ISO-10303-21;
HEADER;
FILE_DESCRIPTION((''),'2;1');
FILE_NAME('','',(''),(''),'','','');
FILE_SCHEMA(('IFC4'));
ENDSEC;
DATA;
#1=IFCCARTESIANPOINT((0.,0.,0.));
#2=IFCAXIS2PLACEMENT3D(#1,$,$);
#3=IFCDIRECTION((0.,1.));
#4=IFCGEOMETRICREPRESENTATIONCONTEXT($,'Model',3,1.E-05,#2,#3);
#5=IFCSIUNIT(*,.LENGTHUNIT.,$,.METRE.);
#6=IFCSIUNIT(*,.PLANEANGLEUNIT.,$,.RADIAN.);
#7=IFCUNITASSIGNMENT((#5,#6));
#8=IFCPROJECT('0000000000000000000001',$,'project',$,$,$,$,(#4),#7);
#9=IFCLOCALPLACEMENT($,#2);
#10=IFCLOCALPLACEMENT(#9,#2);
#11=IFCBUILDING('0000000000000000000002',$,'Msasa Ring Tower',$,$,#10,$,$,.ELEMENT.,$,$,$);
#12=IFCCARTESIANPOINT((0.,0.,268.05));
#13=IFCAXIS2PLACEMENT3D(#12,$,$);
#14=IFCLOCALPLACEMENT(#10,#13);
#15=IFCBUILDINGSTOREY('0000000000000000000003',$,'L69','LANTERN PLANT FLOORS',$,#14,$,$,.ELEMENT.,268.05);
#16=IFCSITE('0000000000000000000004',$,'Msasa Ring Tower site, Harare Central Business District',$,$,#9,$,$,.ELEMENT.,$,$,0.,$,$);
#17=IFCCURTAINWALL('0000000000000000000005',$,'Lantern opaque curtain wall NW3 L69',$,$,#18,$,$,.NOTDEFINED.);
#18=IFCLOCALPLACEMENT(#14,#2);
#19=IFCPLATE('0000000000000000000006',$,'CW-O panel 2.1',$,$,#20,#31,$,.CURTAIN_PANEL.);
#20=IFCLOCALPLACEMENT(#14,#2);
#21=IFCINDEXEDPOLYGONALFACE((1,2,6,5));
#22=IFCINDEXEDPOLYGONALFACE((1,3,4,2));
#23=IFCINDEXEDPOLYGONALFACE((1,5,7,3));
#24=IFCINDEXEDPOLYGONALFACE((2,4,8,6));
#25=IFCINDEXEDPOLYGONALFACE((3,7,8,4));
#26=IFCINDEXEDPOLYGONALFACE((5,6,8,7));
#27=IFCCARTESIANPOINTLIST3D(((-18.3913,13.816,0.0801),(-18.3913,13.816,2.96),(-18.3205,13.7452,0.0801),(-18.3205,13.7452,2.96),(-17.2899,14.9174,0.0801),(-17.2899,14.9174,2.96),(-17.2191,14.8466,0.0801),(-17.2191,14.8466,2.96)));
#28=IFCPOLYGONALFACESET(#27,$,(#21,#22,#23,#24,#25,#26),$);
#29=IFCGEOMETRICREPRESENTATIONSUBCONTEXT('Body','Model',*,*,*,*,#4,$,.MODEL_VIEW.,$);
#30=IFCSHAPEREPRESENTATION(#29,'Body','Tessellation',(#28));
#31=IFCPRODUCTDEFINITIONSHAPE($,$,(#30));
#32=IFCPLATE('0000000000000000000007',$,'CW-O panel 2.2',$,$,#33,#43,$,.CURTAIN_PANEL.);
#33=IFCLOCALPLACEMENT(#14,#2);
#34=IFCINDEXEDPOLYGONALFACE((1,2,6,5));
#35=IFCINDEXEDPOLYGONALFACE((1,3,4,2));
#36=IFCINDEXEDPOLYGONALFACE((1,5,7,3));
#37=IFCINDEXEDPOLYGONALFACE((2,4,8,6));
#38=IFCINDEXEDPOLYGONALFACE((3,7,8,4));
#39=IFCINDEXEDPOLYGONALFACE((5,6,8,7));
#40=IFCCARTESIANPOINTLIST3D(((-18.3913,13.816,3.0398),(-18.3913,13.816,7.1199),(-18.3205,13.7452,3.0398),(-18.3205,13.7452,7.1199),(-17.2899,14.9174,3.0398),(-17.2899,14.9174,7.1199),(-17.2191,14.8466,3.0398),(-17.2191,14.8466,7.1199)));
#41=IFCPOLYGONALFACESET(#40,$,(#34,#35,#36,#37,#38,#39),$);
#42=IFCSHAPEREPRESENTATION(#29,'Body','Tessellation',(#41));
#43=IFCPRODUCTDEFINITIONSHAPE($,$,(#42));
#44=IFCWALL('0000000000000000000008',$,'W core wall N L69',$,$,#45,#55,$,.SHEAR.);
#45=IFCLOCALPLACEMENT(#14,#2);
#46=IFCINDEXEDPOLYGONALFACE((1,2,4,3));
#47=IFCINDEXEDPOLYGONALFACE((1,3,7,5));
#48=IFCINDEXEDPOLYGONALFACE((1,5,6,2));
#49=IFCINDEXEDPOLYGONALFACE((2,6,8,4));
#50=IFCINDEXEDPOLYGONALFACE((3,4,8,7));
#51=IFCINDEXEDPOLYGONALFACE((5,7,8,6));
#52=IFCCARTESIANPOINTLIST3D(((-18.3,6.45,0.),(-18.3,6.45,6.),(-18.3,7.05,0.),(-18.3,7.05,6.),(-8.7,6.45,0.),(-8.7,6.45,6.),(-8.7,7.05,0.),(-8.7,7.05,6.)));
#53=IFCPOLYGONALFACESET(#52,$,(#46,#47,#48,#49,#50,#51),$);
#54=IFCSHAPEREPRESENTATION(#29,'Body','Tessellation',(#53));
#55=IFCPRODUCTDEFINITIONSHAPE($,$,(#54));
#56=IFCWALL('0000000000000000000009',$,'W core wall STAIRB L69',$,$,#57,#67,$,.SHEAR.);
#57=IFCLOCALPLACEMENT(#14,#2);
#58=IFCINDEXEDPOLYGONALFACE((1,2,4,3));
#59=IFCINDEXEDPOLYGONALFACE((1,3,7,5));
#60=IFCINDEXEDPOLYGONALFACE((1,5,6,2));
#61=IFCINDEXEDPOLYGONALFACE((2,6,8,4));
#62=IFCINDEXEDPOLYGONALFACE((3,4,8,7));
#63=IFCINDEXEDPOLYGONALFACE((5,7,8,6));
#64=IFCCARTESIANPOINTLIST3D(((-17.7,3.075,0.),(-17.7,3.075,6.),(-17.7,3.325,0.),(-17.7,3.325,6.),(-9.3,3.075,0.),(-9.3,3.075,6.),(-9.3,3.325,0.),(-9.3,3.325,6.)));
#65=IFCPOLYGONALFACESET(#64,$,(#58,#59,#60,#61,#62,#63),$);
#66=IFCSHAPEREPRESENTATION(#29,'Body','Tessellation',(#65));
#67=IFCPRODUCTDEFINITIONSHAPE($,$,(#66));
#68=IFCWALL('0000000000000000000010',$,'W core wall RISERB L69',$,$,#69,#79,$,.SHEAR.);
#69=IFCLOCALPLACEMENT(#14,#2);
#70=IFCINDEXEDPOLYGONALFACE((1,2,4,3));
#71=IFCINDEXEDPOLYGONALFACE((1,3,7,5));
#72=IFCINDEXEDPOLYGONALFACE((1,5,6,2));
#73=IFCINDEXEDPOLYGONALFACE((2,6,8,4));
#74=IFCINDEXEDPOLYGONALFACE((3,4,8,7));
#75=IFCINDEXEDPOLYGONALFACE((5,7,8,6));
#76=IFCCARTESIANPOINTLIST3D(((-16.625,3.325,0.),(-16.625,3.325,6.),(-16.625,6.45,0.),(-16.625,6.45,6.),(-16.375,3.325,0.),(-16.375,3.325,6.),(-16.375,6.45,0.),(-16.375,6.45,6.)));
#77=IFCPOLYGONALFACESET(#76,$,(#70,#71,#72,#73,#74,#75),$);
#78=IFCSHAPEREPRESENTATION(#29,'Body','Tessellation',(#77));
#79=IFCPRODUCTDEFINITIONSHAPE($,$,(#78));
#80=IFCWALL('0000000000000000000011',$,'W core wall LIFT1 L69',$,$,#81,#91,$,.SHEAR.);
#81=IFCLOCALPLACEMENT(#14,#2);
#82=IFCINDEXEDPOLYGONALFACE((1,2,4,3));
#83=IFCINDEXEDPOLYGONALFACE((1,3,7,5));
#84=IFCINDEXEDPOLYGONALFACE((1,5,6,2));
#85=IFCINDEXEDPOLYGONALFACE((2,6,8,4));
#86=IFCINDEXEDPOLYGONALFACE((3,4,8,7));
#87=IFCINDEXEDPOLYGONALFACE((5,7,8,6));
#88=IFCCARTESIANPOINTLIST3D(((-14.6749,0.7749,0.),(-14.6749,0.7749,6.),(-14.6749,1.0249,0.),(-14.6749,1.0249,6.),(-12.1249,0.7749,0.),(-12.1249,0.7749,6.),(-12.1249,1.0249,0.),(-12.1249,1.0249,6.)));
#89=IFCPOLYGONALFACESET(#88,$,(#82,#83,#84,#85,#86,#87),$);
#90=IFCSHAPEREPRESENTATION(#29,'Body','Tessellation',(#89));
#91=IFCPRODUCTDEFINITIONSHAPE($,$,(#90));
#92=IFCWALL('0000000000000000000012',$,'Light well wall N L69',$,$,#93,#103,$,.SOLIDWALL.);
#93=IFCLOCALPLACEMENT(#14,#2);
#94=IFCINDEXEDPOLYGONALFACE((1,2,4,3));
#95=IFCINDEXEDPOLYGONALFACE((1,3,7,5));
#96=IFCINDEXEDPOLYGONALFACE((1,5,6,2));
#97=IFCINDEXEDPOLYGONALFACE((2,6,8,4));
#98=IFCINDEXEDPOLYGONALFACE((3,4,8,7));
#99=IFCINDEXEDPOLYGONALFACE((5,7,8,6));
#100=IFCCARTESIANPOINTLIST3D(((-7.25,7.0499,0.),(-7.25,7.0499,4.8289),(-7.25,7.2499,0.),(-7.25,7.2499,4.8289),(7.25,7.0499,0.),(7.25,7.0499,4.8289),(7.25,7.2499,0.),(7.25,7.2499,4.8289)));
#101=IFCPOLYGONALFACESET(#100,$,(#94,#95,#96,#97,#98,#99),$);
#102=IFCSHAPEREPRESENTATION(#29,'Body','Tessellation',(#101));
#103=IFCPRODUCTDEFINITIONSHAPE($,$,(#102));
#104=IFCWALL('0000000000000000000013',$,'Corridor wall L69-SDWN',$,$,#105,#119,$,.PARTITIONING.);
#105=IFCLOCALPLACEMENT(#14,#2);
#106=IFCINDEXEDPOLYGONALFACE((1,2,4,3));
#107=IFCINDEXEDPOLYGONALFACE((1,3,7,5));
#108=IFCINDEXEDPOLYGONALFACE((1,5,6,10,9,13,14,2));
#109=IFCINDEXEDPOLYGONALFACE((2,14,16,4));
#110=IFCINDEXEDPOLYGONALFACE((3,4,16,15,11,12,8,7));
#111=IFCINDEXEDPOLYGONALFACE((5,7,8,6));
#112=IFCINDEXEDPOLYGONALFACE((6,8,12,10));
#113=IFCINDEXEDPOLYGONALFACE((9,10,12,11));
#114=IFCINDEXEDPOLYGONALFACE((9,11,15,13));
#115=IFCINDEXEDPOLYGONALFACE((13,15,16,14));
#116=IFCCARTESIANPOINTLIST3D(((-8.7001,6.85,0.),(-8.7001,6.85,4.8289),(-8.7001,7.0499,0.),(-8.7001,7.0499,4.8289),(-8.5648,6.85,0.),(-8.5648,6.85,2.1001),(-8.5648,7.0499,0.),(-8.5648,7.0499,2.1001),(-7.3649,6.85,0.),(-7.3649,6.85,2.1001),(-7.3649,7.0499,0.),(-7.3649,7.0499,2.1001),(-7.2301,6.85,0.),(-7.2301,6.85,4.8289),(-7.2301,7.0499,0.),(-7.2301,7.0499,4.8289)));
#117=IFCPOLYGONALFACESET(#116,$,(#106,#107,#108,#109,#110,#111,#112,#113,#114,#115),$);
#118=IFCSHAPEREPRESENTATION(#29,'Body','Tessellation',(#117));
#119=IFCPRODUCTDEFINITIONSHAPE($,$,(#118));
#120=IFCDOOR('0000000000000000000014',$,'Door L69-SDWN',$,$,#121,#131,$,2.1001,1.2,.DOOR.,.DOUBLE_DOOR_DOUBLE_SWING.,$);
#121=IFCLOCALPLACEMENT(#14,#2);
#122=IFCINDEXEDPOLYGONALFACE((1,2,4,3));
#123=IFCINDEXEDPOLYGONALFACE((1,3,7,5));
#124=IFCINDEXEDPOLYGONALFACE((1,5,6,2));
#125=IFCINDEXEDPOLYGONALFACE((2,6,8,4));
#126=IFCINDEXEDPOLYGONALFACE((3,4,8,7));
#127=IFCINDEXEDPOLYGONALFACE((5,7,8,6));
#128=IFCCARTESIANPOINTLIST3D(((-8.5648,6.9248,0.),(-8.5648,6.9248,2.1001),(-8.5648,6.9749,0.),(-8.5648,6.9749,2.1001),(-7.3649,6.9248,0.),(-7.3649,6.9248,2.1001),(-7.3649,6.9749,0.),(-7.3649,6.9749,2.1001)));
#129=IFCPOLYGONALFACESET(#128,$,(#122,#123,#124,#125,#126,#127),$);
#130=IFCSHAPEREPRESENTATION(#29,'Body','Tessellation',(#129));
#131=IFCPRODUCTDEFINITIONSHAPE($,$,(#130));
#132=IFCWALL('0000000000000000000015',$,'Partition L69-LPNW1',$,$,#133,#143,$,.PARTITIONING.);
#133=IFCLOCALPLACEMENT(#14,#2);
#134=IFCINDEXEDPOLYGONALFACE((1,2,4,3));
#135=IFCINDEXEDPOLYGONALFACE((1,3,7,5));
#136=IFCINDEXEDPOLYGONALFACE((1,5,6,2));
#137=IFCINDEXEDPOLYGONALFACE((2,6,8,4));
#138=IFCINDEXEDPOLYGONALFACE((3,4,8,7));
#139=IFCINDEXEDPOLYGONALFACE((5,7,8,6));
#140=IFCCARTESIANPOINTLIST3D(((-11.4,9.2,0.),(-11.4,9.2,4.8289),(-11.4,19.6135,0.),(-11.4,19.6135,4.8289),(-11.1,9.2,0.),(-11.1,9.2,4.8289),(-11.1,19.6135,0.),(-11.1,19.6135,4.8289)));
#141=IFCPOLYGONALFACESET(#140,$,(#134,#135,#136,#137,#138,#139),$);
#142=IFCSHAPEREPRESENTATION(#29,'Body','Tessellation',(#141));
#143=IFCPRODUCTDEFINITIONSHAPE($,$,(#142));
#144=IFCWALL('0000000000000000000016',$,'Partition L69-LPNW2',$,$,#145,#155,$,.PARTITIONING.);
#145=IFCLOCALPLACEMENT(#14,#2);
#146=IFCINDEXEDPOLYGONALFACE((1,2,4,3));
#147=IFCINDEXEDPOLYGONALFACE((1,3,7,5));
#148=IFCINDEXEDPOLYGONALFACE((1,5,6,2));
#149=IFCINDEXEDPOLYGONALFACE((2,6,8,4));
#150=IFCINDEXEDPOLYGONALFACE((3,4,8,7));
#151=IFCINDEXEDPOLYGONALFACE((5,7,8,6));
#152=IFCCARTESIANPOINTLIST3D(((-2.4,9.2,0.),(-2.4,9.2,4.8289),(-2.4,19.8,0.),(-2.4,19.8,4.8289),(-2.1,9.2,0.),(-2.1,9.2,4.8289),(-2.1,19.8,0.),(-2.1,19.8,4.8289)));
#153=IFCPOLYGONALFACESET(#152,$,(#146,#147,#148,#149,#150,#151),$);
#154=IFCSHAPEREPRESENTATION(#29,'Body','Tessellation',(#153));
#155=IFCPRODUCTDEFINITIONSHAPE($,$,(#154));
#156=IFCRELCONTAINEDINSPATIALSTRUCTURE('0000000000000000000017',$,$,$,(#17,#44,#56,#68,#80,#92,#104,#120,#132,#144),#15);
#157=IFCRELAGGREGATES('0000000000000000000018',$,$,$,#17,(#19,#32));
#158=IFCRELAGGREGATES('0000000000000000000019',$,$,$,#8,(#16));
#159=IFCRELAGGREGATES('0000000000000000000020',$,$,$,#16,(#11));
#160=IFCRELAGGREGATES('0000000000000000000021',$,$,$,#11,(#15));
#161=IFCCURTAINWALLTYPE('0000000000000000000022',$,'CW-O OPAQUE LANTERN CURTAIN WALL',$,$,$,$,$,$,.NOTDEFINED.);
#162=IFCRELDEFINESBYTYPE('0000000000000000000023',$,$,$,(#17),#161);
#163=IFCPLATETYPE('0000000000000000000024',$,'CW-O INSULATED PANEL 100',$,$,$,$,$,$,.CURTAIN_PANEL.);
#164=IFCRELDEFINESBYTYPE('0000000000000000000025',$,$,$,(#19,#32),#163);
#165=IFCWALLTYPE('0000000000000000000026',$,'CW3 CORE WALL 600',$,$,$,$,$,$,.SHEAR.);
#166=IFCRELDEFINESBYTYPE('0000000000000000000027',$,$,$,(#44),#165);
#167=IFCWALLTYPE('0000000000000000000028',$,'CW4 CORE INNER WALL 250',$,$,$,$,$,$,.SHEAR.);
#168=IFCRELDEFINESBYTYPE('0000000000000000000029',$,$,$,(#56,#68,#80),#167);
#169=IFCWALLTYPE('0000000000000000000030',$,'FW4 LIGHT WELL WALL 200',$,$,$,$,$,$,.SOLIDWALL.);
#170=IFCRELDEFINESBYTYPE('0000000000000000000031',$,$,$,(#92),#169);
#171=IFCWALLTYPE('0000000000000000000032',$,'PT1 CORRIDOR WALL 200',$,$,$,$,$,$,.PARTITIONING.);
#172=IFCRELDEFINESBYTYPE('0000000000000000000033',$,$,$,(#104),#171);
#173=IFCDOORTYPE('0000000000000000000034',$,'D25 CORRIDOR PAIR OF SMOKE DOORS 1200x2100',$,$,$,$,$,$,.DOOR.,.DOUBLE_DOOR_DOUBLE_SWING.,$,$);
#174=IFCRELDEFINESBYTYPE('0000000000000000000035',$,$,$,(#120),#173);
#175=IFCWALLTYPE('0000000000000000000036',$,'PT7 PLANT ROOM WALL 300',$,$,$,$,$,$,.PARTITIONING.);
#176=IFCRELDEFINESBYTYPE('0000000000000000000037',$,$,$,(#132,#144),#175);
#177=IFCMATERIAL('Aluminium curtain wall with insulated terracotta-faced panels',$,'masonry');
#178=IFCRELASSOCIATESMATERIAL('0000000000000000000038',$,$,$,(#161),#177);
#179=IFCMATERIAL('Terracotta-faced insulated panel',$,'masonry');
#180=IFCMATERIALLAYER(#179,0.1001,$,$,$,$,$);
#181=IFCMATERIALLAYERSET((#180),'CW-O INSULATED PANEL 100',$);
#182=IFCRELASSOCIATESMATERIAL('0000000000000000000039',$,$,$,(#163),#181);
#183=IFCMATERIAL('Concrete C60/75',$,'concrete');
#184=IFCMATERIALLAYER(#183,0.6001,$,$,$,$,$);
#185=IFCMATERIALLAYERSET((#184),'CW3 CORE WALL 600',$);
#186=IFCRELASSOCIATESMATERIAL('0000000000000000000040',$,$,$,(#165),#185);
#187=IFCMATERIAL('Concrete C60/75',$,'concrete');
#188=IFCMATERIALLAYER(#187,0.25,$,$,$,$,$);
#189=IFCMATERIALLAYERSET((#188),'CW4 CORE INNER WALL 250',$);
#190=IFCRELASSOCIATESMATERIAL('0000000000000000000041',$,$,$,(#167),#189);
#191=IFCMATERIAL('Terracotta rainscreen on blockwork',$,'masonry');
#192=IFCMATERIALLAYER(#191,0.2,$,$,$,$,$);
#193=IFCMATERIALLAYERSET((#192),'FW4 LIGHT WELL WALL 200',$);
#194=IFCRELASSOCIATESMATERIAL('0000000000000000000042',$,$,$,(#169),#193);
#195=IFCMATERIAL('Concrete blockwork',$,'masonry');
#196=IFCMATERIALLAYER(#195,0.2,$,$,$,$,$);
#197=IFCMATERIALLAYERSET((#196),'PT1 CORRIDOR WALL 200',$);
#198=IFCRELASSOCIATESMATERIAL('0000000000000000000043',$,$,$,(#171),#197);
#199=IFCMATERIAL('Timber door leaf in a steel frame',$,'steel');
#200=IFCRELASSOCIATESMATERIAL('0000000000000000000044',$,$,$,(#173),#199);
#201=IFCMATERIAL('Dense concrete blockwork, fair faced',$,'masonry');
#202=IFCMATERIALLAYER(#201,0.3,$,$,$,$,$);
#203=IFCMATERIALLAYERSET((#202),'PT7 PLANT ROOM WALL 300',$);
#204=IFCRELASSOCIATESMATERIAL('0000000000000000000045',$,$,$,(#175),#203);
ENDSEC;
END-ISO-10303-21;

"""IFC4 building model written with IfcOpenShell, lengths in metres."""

from ifc_helpers import new_model, si_unit, direction, frame, frame_2d, origin, origin_2d, place, context, subcontext, project, spatial, rectangle, extrude, material, layer, layer_set, type_object, element, fill, aggregate, save


model = new_model("IFC4")

# Units and contexts
model_context = context("Model", 3, precision=1e-05, world=origin(), true_north=direction((0.0, 1.0)))
body_context = subcontext(model_context, "Body", "Model", "MODEL_VIEW")
ifc_project = project(units=[si_unit("LENGTHUNIT", "METRE"), si_unit("PLANEANGLEUNIT", "RADIAN")], contexts=[model_context])

# Site, building, storey
site_placement = place(None, origin())
site = spatial("IfcSite", under=ifc_project, at=site_placement, Name="Msasa Ring Tower site, Harare Central Business District", CompositionType="ELEMENT", RefElevation=0.0)
building_placement = place(site_placement, origin())
building = spatial("IfcBuilding", under=site, at=building_placement, Name="Msasa Ring Tower", CompositionType="ELEMENT")
storey_placement = place(building_placement, frame((0.0, 0.0, 268.05)))
storey = spatial("IfcBuildingStorey", under=building, at=storey_placement, Name="L69", Description="LANTERN PLANT FLOORS", CompositionType="ELEMENT", Elevation=268.05)

# Curtain wall
ifc_material_1 = material(Name="Aluminium curtain wall with insulated terracotta-faced panels", Category="masonry")
curtain_wall_type = type_object("IfcCurtainWallType", Name="CW-O OPAQUE LANTERN CURTAIN WALL", PredefinedType="NOTDEFINED", material=ifc_material_1)
curtain_wall_placement = place(storey_placement, origin())
curtain_wall = element("IfcCurtainWall", 1, at=curtain_wall_placement, inside=storey, type_object=curtain_wall_type, Name="Lantern opaque curtain wall NW3 L69", PredefinedType="NOTDEFINED")

# Plates
ifc_material_2 = material(Name="Terracotta-faced insulated panel", Category="masonry")
ifc_layer_1 = layer(ifc_material_2, 0.1001)
ifc_layer_set_1 = layer_set([ifc_layer_1], Name="CW-O INSULATED PANEL 100")
plate_type = type_object("IfcPlateType", Name="CW-O INSULATED PANEL 100", PredefinedType="CURTAIN_PANEL", material=ifc_layer_set_1)
plate_1_placement = place(storey_placement, frame((-17.8052, 14.3313, 0.0801), z_axis=(0.0, 0.0, 1.0), x_axis=(-0.707107, -0.707107, 0.0)))
plate_1 = element("IfcPlate", 2, at=plate_1_placement, type_object=plate_type, Name="CW-O panel 2.1", PredefinedType="CURTAIN_PANEL", context=body_context, shape_type="SweptSolid", body=[
    extrude(rectangle(XDim=1.5576, YDim=0.1001, at=origin_2d()), origin(), (0.0, 0.0, 1.0), 2.8799),
])
plate_2_placement = place(storey_placement, frame((-17.8052, 14.3313, 3.0398), z_axis=(0.0, 0.0, 1.0), x_axis=(-0.707107, -0.707107, 0.0)))
plate_2 = element("IfcPlate", 3, at=plate_2_placement, type_object=plate_type, Name="CW-O panel 2.2", PredefinedType="CURTAIN_PANEL", context=body_context, shape_type="SweptSolid", body=[
    extrude(rectangle(XDim=1.5576, YDim=0.1001, at=origin_2d()), origin(), (0.0, 0.0, 1.0), 4.0801),
])
aggregate(curtain_wall, [plate_1, plate_2])

# Walls
ifc_material_3 = material(Name="Concrete C60/75", Category="concrete")
ifc_layer_2 = layer(ifc_material_3, 0.6001)
ifc_layer_set_2 = layer_set([ifc_layer_2], Name="CW3 CORE WALL 600")
wall_type_1 = type_object("IfcWallType", Name="CW3 CORE WALL 600", PredefinedType="SHEAR", material=ifc_layer_set_2)
wall_1_placement = place(storey_placement, frame((-8.7, 6.75, 0.0), z_axis=(0.0, 0.0, 1.0), x_axis=(-1.0, 0.0, 0.0)))
element("IfcWall", 4, at=wall_1_placement, inside=storey, type_object=wall_type_1, Name="W core wall N L69", PredefinedType="SHEAR", context=body_context, shape_type="SweptSolid", body=[
    extrude(rectangle(XDim=9.6001, YDim=0.6001, at=frame_2d((4.8, 0.0))), origin(), (0.0, 0.0, 1.0), 6.0),
])
ifc_material_4 = material(Name="Concrete C60/75", Category="concrete")
ifc_layer_3 = layer(ifc_material_4, 0.25)
ifc_layer_set_3 = layer_set([ifc_layer_3], Name="CW4 CORE INNER WALL 250")
wall_type_2 = type_object("IfcWallType", Name="CW4 CORE INNER WALL 250", PredefinedType="SHEAR", material=ifc_layer_set_3)
wall_2_placement = place(storey_placement, frame((-9.3, 3.2, 0.0), z_axis=(0.0, 0.0, 1.0), x_axis=(-1.0, 0.0, 0.0)))
element("IfcWall", 5, at=wall_2_placement, inside=storey, type_object=wall_type_2, Name="W core wall STAIRB L69", PredefinedType="SHEAR", context=body_context, shape_type="SweptSolid", body=[
    extrude(rectangle(XDim=8.3999, YDim=0.25, at=frame_2d((4.2, 0.0))), origin(), (0.0, 0.0, 1.0), 6.0),
])
wall_3_placement = place(storey_placement, frame((-16.5, 3.325, 0.0), z_axis=(0.0, 0.0, 1.0), x_axis=(0.0, 1.0, 0.0)))
element("IfcWall", 6, at=wall_3_placement, inside=storey, type_object=wall_type_2, Name="W core wall RISERB L69", PredefinedType="SHEAR", context=body_context, shape_type="SweptSolid", body=[
    extrude(rectangle(XDim=3.125, YDim=0.25, at=frame_2d((1.5625, 0.0))), origin(), (0.0, 0.0, 1.0), 6.0),
])
wall_4_placement = place(storey_placement, frame((-12.125, 0.8999, 0.0), z_axis=(0.0, 0.0, 1.0), x_axis=(-1.0, 0.0, 0.0)))
element("IfcWall", 7, at=wall_4_placement, inside=storey, type_object=wall_type_2, Name="W core wall LIFT1 L69", PredefinedType="SHEAR", context=body_context, shape_type="SweptSolid", body=[
    extrude(rectangle(XDim=2.55, YDim=0.25, at=frame_2d((1.2749, 0.0))), origin(), (0.0, 0.0, 1.0), 6.0),
])
ifc_material_5 = material(Name="Terracotta rainscreen on blockwork", Category="masonry")
ifc_layer_4 = layer(ifc_material_5, 0.2)
ifc_layer_set_4 = layer_set([ifc_layer_4], Name="FW4 LIGHT WELL WALL 200")
wall_type_3 = type_object("IfcWallType", Name="FW4 LIGHT WELL WALL 200", PredefinedType="SOLIDWALL", material=ifc_layer_set_4)
wall_5_placement = place(storey_placement, frame((-7.25, 7.1499, 0.0), z_axis=(0.0, 0.0, 1.0), x_axis=(1.0, 0.0, 0.0)))
element("IfcWall", 8, at=wall_5_placement, inside=storey, type_object=wall_type_3, Name="Light well wall N L69", PredefinedType="SOLIDWALL", context=body_context, shape_type="SweptSolid", body=[
    extrude(rectangle(XDim=14.5, YDim=0.2, at=frame_2d((7.25, 0.0))), origin(), (0.0, 0.0, 1.0), 4.8289),
])

# Wall, opening, door
ifc_material_6 = material(Name="Concrete blockwork", Category="masonry")
ifc_layer_5 = layer(ifc_material_6, 0.2)
ifc_layer_set_5 = layer_set([ifc_layer_5], Name="PT1 CORRIDOR WALL 200")
wall_type_4 = type_object("IfcWallType", Name="PT1 CORRIDOR WALL 200", PredefinedType="PARTITIONING", material=ifc_layer_set_5)
wall_6_placement = place(storey_placement, frame((-8.7, 6.95, 0.0), z_axis=(0.0, 0.0, 1.0), x_axis=(1.0, 0.0, 0.0)))
wall_6 = element("IfcWall", 9, at=wall_6_placement, inside=storey, type_object=wall_type_4, Name="Corridor wall L69-SDWN", PredefinedType="PARTITIONING", context=body_context, shape_type="SweptSolid", body=[
    extrude(rectangle(XDim=1.47, YDim=0.2, at=frame_2d((0.7349, 0.0))), origin(), (0.0, 0.0, 1.0), 4.8289),
])
opening_1_placement = place(wall_6_placement, frame((0.135, 0.0, 0.0)))
opening_1 = element("IfcOpeningElement", 10, at=opening_1_placement, cuts=wall_6, PredefinedType="OPENING", context=body_context, shape_type="SweptSolid", body=[
    extrude(rectangle(XDim=1.2, YDim=2.1001, at=frame_2d((0.6001, 1.05))), frame((0.0, 0.1099, 0.0), z_axis=(0.0, -1.0, 0.0), x_axis=(1.0, 0.0, 0.0)), (0.0, 0.0, 1.0), 0.22),
])
ifc_material_7 = material(Name="Timber door leaf in a steel frame", Category="steel")
door_type_1 = type_object("IfcDoorType", Name="D25 CORRIDOR PAIR OF SMOKE DOORS 1200x2100", OperationType="DOUBLE_DOOR_DOUBLE_SWING", PredefinedType="DOOR", material=ifc_material_7)
door_1_placement = place(opening_1_placement, origin())
door_1 = element("IfcDoor", 11, at=door_1_placement, inside=storey, type_object=door_type_1, Name="Door L69-SDWN", OperationType="DOUBLE_DOOR_DOUBLE_SWING", OverallHeight=2.1001, OverallWidth=1.2, PredefinedType="DOOR", context=body_context, shape_type="SweptSolid", body=[
    extrude(rectangle(XDim=1.2, YDim=2.1001, at=frame_2d((0.6001, 1.05))), frame((0.0, 0.0249, 0.0), z_axis=(0.0, -1.0, 0.0), x_axis=(1.0, 0.0, 0.0)), (0.0, 0.0, 1.0), 0.05),
])
fill(opening_1, door_1)

# Wall
ifc_material_8 = material(Name="Dense concrete blockwork, fair faced", Category="masonry")
ifc_layer_6 = layer(ifc_material_8, 0.3)
ifc_layer_set_6 = layer_set([ifc_layer_6], Name="PT7 PLANT ROOM WALL 300")
wall_type_5 = type_object("IfcWallType", Name="PT7 PLANT ROOM WALL 300", PredefinedType="PARTITIONING", material=ifc_layer_set_6)
wall_7_placement = place(storey_placement, frame((-11.25, 9.2, 0.0), z_axis=(0.0, 0.0, 1.0), x_axis=(0.0, 1.0, 0.0)))
element("IfcWall", 12, at=wall_7_placement, inside=storey, type_object=wall_type_5, Name="Partition L69-LPNW1", PredefinedType="PARTITIONING", context=body_context, shape_type="SweptSolid", body=[
    extrude(rectangle(XDim=10.4136, YDim=0.3, at=frame_2d((5.2068, 0.0))), origin(), (0.0, 0.0, 1.0), 4.8289),
])

# Wall
wall_8_placement = place(storey_placement, frame((-2.25, 9.2, 0.0), z_axis=(0.0, 0.0, 1.0), x_axis=(0.0, 1.0, 0.0)))
element("IfcWall", 13, at=wall_8_placement, inside=storey, type_object=wall_type_5, Name="Partition L69-LPNW2", PredefinedType="PARTITIONING", context=body_context, shape_type="SweptSolid", body=[
    extrude(rectangle(XDim=10.6001, YDim=0.3, at=frame_2d((5.3, 0.0))), origin(), (0.0, 0.0, 1.0), 4.8289),
])

save(model, "model.ifc")
